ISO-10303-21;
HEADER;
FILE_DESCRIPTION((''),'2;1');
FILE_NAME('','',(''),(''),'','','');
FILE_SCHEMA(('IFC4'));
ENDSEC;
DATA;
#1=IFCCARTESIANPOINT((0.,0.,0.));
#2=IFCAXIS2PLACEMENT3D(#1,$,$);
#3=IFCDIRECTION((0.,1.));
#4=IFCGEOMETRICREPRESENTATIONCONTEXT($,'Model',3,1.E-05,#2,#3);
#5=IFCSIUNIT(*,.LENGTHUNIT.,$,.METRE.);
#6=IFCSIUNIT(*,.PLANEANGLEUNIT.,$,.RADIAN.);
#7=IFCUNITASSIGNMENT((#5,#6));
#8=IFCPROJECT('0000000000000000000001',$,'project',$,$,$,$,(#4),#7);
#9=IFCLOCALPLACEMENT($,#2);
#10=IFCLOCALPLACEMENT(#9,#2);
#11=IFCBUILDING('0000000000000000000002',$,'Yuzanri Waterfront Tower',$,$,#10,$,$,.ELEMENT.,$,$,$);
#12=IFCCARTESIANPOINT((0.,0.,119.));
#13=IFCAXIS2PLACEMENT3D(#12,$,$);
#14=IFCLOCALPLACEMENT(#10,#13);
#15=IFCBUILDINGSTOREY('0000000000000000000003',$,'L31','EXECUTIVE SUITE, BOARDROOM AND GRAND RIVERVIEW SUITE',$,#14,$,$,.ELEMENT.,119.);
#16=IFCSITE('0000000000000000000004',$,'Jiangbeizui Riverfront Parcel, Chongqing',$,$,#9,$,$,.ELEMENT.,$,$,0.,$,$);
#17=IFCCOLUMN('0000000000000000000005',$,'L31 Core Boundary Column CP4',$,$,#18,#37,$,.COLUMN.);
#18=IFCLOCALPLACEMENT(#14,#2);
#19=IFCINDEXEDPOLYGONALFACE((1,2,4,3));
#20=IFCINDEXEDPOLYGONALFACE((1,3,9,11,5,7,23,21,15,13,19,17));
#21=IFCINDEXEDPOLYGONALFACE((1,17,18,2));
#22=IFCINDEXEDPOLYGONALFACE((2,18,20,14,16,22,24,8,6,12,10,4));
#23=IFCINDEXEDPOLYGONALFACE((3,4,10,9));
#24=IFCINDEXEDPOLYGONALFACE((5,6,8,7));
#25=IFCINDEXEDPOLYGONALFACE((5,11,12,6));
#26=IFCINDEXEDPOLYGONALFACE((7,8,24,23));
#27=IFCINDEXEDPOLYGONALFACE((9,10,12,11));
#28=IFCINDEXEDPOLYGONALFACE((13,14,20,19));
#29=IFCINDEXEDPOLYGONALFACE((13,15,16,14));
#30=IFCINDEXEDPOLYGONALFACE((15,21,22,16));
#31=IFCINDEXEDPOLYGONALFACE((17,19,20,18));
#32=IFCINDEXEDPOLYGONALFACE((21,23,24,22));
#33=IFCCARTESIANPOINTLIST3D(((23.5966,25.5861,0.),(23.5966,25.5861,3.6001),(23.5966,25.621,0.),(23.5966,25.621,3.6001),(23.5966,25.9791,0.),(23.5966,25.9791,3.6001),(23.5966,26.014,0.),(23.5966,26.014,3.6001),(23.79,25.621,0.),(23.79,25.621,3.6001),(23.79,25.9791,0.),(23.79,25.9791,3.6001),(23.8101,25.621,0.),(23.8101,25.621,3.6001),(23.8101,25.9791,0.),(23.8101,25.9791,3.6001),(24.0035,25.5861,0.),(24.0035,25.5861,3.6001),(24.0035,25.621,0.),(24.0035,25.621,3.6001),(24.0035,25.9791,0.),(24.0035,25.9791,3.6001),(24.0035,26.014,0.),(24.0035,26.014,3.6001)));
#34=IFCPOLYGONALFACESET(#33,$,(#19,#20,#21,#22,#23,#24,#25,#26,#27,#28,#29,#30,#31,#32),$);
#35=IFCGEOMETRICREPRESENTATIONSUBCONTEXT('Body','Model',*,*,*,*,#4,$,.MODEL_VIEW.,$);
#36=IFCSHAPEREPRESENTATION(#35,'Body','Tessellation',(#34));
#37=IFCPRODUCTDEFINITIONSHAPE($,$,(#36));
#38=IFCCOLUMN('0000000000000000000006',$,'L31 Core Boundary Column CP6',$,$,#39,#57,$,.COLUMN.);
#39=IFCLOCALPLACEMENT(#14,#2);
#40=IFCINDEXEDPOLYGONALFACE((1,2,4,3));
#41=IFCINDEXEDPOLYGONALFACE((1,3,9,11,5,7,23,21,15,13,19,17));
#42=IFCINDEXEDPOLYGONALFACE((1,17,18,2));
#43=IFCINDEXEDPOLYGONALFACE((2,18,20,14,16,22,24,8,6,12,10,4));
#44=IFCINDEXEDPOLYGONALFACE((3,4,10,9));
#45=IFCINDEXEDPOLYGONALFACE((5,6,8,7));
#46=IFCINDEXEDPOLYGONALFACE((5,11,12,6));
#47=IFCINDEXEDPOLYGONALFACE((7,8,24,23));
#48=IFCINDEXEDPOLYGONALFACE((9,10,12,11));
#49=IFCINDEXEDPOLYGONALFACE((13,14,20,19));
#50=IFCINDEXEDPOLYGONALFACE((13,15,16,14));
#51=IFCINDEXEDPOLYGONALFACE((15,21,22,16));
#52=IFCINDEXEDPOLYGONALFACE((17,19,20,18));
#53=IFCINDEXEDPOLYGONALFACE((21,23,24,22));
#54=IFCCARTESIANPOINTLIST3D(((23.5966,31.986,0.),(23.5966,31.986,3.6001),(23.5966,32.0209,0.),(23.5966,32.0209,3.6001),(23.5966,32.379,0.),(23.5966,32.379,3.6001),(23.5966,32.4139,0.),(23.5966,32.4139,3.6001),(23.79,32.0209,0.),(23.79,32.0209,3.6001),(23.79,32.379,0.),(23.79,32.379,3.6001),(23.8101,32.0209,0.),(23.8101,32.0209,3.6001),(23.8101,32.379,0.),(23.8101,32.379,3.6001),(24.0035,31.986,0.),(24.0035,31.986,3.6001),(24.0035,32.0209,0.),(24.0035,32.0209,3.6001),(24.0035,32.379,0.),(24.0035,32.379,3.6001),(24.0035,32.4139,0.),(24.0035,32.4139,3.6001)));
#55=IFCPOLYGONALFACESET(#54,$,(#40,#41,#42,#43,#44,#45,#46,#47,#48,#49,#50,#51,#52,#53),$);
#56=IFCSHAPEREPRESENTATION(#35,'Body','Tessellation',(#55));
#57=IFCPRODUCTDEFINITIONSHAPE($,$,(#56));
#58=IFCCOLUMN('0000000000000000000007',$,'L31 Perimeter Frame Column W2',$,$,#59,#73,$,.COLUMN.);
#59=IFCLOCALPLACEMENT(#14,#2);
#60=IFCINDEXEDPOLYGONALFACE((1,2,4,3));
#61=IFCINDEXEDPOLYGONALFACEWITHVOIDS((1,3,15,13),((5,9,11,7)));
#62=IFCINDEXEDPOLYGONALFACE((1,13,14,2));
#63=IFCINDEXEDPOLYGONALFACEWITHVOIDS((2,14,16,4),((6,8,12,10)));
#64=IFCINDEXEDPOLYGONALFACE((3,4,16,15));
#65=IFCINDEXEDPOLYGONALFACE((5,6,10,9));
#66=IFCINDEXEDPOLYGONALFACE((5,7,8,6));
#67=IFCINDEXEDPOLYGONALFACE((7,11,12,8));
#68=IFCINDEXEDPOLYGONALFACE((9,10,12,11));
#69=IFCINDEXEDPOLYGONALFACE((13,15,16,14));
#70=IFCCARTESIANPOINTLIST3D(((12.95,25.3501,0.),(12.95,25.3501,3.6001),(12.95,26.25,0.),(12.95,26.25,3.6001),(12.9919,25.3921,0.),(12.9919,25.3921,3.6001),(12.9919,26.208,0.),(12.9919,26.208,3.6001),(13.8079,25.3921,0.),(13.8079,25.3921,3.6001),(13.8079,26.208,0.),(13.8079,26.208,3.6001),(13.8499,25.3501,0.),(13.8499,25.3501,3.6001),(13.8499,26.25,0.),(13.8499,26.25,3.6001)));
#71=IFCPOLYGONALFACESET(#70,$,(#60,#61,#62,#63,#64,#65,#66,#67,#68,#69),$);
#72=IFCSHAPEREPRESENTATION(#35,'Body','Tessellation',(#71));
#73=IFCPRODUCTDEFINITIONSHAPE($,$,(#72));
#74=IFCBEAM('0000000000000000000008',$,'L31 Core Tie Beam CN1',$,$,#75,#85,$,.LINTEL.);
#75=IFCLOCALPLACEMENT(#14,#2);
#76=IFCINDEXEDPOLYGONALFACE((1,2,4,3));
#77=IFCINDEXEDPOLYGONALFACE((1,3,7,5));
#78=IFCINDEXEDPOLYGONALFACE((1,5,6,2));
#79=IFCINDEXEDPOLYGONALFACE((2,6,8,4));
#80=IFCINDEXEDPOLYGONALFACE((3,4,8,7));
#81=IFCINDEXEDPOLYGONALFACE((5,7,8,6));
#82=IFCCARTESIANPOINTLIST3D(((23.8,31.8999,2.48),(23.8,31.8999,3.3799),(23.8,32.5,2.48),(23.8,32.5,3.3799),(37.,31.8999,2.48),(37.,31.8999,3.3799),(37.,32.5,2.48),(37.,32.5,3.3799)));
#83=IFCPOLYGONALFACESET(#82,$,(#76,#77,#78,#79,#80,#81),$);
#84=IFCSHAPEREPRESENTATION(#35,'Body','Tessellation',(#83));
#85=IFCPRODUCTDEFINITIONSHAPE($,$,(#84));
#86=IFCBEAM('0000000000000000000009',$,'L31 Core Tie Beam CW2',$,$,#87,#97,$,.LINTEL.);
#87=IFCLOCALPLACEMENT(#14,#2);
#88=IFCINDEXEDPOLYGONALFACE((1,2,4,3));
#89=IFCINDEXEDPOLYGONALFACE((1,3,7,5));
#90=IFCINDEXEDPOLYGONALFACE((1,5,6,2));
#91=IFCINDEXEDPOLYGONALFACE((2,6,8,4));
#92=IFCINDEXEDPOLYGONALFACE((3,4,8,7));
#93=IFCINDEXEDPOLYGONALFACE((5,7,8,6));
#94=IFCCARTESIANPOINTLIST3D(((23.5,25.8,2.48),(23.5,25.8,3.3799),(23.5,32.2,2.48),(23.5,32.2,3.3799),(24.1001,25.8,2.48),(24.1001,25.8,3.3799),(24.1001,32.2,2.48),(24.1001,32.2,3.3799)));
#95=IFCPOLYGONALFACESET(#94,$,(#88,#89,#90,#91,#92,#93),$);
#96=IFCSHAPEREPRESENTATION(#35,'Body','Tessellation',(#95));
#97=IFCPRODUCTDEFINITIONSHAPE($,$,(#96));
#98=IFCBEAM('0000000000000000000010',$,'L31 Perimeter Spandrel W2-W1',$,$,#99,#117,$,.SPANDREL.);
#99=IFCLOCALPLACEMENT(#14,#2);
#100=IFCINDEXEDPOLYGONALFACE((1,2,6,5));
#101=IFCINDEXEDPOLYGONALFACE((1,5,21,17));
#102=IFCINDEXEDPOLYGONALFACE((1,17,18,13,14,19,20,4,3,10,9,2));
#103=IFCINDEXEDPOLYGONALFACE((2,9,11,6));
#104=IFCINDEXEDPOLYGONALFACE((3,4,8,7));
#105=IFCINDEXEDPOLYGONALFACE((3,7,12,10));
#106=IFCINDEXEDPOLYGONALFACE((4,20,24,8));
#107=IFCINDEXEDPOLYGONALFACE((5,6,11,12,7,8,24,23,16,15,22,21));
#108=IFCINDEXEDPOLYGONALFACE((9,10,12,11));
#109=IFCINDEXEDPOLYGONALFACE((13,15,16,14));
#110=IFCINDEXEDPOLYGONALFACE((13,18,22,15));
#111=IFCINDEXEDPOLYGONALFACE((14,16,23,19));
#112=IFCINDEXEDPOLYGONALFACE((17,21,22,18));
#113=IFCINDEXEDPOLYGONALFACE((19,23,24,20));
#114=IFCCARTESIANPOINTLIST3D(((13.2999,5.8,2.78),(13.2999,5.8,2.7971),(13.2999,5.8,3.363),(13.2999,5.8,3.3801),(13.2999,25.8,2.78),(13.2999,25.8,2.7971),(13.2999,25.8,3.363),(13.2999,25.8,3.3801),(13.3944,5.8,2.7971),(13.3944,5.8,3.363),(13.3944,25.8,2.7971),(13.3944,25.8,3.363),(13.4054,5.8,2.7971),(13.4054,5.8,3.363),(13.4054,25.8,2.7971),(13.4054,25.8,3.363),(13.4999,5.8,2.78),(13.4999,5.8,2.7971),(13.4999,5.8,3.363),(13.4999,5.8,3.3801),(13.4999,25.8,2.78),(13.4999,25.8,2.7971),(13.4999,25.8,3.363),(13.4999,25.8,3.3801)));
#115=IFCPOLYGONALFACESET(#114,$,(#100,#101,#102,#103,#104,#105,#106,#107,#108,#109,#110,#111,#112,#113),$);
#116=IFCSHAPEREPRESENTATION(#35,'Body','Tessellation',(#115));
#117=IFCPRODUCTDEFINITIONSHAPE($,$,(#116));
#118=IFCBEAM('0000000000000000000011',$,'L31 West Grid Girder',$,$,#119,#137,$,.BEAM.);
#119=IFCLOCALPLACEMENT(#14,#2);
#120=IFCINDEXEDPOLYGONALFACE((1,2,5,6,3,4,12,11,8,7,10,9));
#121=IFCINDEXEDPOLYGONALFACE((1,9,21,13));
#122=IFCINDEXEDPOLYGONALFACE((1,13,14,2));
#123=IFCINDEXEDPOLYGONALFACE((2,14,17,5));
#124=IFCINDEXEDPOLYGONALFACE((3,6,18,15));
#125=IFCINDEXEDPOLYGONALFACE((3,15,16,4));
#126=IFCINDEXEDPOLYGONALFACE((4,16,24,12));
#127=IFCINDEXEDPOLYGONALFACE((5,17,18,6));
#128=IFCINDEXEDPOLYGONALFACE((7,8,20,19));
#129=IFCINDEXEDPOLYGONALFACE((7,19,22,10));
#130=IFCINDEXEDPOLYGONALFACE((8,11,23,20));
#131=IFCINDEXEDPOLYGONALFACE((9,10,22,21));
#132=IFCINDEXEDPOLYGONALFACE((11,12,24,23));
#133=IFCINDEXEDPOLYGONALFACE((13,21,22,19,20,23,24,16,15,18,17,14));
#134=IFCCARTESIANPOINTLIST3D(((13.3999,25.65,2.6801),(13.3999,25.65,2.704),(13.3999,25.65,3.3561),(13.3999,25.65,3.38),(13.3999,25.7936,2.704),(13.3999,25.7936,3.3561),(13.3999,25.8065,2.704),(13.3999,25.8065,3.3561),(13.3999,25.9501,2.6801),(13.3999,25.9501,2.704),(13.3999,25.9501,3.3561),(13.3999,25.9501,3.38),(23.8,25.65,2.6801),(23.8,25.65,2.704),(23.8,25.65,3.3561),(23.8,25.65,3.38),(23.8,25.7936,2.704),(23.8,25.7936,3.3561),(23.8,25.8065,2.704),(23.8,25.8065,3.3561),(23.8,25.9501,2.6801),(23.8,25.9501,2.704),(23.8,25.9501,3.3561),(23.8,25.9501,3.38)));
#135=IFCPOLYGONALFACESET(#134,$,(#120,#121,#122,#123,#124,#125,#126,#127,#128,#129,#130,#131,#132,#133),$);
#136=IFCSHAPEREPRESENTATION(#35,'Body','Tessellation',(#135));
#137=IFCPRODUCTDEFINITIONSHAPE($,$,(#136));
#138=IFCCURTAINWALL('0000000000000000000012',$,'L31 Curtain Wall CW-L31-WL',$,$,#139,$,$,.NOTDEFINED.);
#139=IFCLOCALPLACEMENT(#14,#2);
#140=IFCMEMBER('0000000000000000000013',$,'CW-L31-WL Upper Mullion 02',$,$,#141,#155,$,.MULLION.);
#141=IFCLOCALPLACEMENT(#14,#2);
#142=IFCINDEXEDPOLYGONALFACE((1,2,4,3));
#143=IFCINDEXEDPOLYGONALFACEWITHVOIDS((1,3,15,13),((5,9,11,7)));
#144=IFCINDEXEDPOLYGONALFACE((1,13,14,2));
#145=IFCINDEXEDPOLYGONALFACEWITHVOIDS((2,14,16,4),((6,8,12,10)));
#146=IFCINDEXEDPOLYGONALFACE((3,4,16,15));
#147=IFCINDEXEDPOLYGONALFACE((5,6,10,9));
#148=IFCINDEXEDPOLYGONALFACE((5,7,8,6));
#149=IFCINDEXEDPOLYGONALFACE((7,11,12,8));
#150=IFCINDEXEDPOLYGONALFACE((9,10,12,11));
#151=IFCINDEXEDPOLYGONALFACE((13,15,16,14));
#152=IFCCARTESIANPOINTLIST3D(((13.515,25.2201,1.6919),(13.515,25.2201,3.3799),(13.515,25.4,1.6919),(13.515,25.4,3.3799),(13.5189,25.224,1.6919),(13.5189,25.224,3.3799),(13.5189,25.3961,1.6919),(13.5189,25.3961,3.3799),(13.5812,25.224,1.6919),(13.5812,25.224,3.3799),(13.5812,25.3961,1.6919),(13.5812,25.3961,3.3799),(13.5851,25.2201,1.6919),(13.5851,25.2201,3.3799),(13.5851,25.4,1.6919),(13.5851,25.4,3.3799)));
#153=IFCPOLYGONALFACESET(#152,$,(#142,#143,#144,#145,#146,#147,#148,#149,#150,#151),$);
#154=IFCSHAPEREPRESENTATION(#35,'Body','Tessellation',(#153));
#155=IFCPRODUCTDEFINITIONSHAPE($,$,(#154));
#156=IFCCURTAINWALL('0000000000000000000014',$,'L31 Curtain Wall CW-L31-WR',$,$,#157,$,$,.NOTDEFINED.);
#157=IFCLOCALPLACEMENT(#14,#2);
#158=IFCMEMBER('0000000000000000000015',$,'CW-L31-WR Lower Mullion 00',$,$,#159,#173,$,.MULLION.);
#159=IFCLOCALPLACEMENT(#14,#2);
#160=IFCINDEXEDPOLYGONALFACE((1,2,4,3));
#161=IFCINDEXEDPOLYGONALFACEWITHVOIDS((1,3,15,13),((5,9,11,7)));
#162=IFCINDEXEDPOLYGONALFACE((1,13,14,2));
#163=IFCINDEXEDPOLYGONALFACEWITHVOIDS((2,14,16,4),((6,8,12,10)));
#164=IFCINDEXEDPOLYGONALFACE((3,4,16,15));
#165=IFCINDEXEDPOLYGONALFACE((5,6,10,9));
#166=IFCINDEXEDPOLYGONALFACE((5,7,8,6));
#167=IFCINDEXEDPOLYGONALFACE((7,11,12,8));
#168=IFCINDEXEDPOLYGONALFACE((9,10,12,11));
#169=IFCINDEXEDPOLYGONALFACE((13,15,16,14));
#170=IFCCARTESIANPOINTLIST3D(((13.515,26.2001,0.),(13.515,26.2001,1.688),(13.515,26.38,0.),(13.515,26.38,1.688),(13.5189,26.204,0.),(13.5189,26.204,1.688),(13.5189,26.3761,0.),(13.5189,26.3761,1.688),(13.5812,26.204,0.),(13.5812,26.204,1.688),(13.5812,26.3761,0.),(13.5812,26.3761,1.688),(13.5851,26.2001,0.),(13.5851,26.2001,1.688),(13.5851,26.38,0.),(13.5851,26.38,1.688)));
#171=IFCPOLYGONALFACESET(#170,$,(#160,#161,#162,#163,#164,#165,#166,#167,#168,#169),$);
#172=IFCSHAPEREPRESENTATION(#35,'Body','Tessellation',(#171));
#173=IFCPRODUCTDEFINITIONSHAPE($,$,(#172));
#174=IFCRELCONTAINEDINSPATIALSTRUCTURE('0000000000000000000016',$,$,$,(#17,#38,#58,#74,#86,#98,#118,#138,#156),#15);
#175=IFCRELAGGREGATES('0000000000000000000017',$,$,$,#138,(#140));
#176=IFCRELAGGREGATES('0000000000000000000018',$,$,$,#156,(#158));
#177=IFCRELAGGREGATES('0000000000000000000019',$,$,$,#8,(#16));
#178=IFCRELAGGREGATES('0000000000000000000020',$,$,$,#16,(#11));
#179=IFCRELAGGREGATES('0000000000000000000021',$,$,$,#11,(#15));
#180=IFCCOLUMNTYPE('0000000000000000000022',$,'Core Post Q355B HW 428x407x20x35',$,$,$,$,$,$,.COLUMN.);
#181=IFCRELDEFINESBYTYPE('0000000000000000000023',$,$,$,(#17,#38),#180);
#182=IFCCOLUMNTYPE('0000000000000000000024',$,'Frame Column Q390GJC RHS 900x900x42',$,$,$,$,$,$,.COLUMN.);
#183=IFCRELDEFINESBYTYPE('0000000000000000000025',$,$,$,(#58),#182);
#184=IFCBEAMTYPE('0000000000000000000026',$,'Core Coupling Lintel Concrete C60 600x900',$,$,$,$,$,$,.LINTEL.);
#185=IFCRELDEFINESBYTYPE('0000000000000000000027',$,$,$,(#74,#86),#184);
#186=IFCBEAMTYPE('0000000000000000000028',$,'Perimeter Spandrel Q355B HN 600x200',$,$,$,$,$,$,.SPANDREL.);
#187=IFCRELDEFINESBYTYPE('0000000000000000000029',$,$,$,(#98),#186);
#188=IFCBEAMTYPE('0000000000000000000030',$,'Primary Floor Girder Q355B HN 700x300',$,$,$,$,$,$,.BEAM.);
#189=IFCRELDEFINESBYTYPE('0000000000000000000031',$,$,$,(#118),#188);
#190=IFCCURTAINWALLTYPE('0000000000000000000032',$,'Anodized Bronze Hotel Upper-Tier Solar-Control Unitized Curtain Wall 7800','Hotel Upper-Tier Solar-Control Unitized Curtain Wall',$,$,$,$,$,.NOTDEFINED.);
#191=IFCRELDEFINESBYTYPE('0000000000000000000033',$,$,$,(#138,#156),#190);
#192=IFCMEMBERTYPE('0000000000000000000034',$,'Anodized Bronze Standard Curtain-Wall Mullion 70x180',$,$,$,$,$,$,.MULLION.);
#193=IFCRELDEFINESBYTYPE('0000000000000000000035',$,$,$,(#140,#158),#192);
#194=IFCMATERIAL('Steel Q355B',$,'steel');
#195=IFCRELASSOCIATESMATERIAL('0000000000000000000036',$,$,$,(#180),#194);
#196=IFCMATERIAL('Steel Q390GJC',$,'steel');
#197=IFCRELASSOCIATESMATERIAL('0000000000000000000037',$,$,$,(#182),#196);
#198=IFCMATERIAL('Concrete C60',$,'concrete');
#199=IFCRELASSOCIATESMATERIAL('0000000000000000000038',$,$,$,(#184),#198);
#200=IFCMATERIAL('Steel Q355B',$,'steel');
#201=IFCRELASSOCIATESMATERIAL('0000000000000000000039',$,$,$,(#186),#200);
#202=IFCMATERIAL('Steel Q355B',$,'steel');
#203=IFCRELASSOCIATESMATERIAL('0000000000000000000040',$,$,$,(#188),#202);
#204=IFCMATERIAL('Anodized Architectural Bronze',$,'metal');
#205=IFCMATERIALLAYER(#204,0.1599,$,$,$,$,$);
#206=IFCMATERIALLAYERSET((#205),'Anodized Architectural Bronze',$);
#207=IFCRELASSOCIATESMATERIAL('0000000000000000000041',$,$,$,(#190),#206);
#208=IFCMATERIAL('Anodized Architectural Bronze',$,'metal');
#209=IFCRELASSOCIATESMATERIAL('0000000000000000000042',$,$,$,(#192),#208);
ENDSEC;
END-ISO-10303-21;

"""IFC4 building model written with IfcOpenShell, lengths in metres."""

from ifc_helpers import new_model, si_unit, direction, frame, origin, origin_2d, place, context, subcontext, project, spatial, rectangle, hollow_rectangle, i_section, extrude, source, transform, mapped, material, layer, layer_set, material_profile, profile_set, type_object, element, aggregate, save


model = new_model("IFC4")

# Units and contexts
model_context = context("Model", 3, precision=1e-05, world=origin(), true_north=direction((0.0, 1.0)))
body_context = subcontext(model_context, "Body", "Model", "MODEL_VIEW")
ifc_project = project(units=[si_unit("LENGTHUNIT", "METRE"), si_unit("PLANEANGLEUNIT", "RADIAN")], contexts=[model_context])

# Site, building, storey
site_placement = place(None, origin())
site = spatial("IfcSite", under=ifc_project, at=site_placement, Name="Jiangbeizui Riverfront Parcel, Chongqing", CompositionType="ELEMENT", RefElevation=0.0)
building_placement = place(site_placement, origin())
building = spatial("IfcBuilding", under=site, at=building_placement, Name="Yuzanri Waterfront Tower", CompositionType="ELEMENT")
storey_placement = place(building_placement, frame((0.0, 0.0, 119.0)))
storey = spatial("IfcBuildingStorey", under=building, at=storey_placement, Name="L31", Description="EXECUTIVE SUITE, BOARDROOM AND GRAND RIVERVIEW SUITE", CompositionType="ELEMENT", Elevation=119.0)

# Columns
ifc_material_1 = material(Name="Steel Q355B", Category="steel")
ifc_material_profile_1 = material_profile(ifc_material_1, i_section(OverallWidth=0.407, OverallDepth=0.428, WebThickness=0.02, FlangeThickness=0.0349, at=origin_2d()), Name="HW 428x407x20x35")
ifc_profile_set_1 = profile_set([ifc_material_profile_1], Name="Steel Q355B")
column_type_1 = type_object("IfcColumnType", Name="Core Post Q355B HW 428x407x20x35", PredefinedType="COLUMN", material=ifc_profile_set_1)
shared_shape_1 = source(origin(), body_context, "Body", "SweptSolid", [
    extrude(i_section(OverallWidth=0.407, OverallDepth=0.428, WebThickness=0.02, FlangeThickness=0.0349, at=origin_2d()), origin(), (0.0, 0.0, 1.0), 3.6001),
])
for number, where, z_axis, x_axis, name in (
    (1, (23.8, 25.8, 0.0), (0.0, 0.0, 1.0), (1.0, 0.0, 0.0), "L31 Core Boundary Column CP4"),
    (2, (23.8, 32.2, 0.0), (0.0, 0.0, 1.0), (1.0, 0.0, 0.0), "L31 Core Boundary Column CP6"),
):
    element("IfcColumn", number, at=place(storey_placement, frame(where, z_axis=z_axis, x_axis=x_axis)), inside=storey, type_object=column_type_1, Name=name, PredefinedType="COLUMN", context=body_context, shape_type="MappedRepresentation", body=[
        mapped(shared_shape_1, transform((0.0, 0.0, 0.0), scale=1.0)),
    ])
ifc_material_2 = material(Name="Steel Q390GJC", Category="steel")
ifc_material_profile_2 = material_profile(ifc_material_2, hollow_rectangle(XDim=0.8999, YDim=0.8999, WallThickness=0.042, at=origin_2d()), Name="RHS 900x900x42")
ifc_profile_set_2 = profile_set([ifc_material_profile_2], Name="Steel Q390GJC")
column_type_2 = type_object("IfcColumnType", Name="Frame Column Q390GJC RHS 900x900x42", PredefinedType="COLUMN", material=ifc_profile_set_2)
shared_shape_2 = source(origin(), body_context, "Body", "SweptSolid", [
    extrude(hollow_rectangle(XDim=0.8999, YDim=0.8999, WallThickness=0.042, at=origin_2d()), origin(), (0.0, 0.0, 1.0), 3.6001),
])
column_placement = place(storey_placement, frame((13.3999, 25.8, 0.0), z_axis=(0.0, 0.0, 1.0), x_axis=(1.0, 0.0, 0.0)))
element("IfcColumn", 3, at=column_placement, inside=storey, type_object=column_type_2, Name="L31 Perimeter Frame Column W2", PredefinedType="COLUMN", context=body_context, shape_type="MappedRepresentation", body=[
    mapped(shared_shape_2, transform((0.0, 0.0, 0.0), scale=1.0)),
])

# Beams
ifc_material_3 = material(Name="Concrete C60", Category="concrete")
ifc_material_profile_3 = material_profile(ifc_material_3, rectangle(XDim=0.6001, YDim=0.8999, at=origin_2d()), Name="RC 600x900")
ifc_profile_set_3 = profile_set([ifc_material_profile_3], Name="Concrete C60")
beam_type_1 = type_object("IfcBeamType", Name="Core Coupling Lintel Concrete C60 600x900", PredefinedType="LINTEL", material=ifc_profile_set_3)
shared_shape_3 = source(origin(), body_context, "Body", "SweptSolid", [
    extrude(rectangle(XDim=0.6001, YDim=0.8999, at=origin_2d()), origin(), (0.0, 0.0, 1.0), 13.2),
])
beam_1_placement = place(storey_placement, frame((23.8, 32.2, 2.9299), z_axis=(1.0, 0.0, 0.0), x_axis=(0.0, 1.0, 0.0)))
element("IfcBeam", 4, at=beam_1_placement, inside=storey, type_object=beam_type_1, Name="L31 Core Tie Beam CN1", PredefinedType="LINTEL", context=body_context, shape_type="MappedRepresentation", body=[
    mapped(shared_shape_3, transform((0.0, 0.0, 0.0), scale=1.0)),
])
shared_shape_4 = source(origin(), body_context, "Body", "SweptSolid", [
    extrude(rectangle(XDim=0.6001, YDim=0.8999, at=origin_2d()), origin(), (0.0, 0.0, 1.0), 6.3999),
])
beam_2_placement = place(storey_placement, frame((23.8, 25.8, 2.9299), z_axis=(0.0, 1.0, 0.0), x_axis=(-1.0, 0.0, 0.0)))
element("IfcBeam", 5, at=beam_2_placement, inside=storey, type_object=beam_type_1, Name="L31 Core Tie Beam CW2", PredefinedType="LINTEL", context=body_context, shape_type="MappedRepresentation", body=[
    mapped(shared_shape_4, transform((0.0, 0.0, 0.0), scale=1.0)),
])
ifc_material_4 = material(Name="Steel Q355B", Category="steel")
ifc_material_profile_4 = material_profile(ifc_material_4, i_section(OverallWidth=0.2, OverallDepth=0.6001, WebThickness=0.011, FlangeThickness=0.0171, at=origin_2d()), Name="HN 600x200x11x17")
ifc_profile_set_4 = profile_set([ifc_material_profile_4], Name="Steel Q355B")
beam_type_2 = type_object("IfcBeamType", Name="Perimeter Spandrel Q355B HN 600x200", PredefinedType="SPANDREL", material=ifc_profile_set_4)
shared_shape_5 = source(origin(), body_context, "Body", "SweptSolid", [
    extrude(i_section(OverallWidth=0.2, OverallDepth=0.6001, WebThickness=0.011, FlangeThickness=0.0171, at=origin_2d()), origin(), (0.0, 0.0, 1.0), 20.0),
])
beam_3_placement = place(storey_placement, frame((13.3999, 25.8, 3.0801), z_axis=(0.0, -1.0, 0.0), x_axis=(1.0, 0.0, 0.0)))
element("IfcBeam", 6, at=beam_3_placement, inside=storey, type_object=beam_type_2, Name="L31 Perimeter Spandrel W2-W1", PredefinedType="SPANDREL", context=body_context, shape_type="MappedRepresentation", body=[
    mapped(shared_shape_5, transform((0.0, 0.0, 0.0), scale=1.0)),
])
ifc_material_5 = material(Name="Steel Q355B", Category="steel")
ifc_material_profile_5 = material_profile(ifc_material_5, i_section(OverallWidth=0.3, OverallDepth=0.7, WebThickness=0.0129, FlangeThickness=0.0239, at=origin_2d()), Name="HN 700x300x13x24")
ifc_profile_set_5 = profile_set([ifc_material_profile_5], Name="Steel Q355B")
beam_type_3 = type_object("IfcBeamType", Name="Primary Floor Girder Q355B HN 700x300", PredefinedType="BEAM", material=ifc_profile_set_5)
shared_shape_6 = source(origin(), body_context, "Body", "SweptSolid", [
    extrude(i_section(OverallWidth=0.3, OverallDepth=0.7, WebThickness=0.0129, FlangeThickness=0.0239, at=origin_2d()), origin(), (0.0, 0.0, 1.0), 10.4001),
])
beam_4_placement = place(storey_placement, frame((23.8, 25.8, 3.03), z_axis=(-1.0, 0.0, 0.0), x_axis=(0.0, -1.0, 0.0)))
element("IfcBeam", 7, at=beam_4_placement, inside=storey, type_object=beam_type_3, Name="L31 West Grid Girder", PredefinedType="BEAM", context=body_context, shape_type="MappedRepresentation", body=[
    mapped(shared_shape_6, transform((0.0, 0.0, 0.0), scale=1.0)),
])

# Curtain wall, member
ifc_material_6 = material(Name="Anodized Architectural Bronze", Category="metal")
ifc_layer_1 = layer(ifc_material_6, 0.1599)
ifc_layer_set_1 = layer_set([ifc_layer_1], Name="Anodized Architectural Bronze")
curtain_wall_type = type_object("IfcCurtainWallType", Name="Anodized Bronze Hotel Upper-Tier Solar-Control Unitized Curtain Wall 7800", Description="Hotel Upper-Tier Solar-Control Unitized Curtain Wall", PredefinedType="NOTDEFINED", material=ifc_layer_set_1)
curtain_wall_1_placement = place(storey_placement, origin())
curtain_wall_1 = element("IfcCurtainWall", 8, at=curtain_wall_1_placement, inside=storey, type_object=curtain_wall_type, Name="L31 Curtain Wall CW-L31-WL", PredefinedType="NOTDEFINED")
ifc_material_7 = material(Name="Anodized Architectural Bronze", Category="metal")
ifc_material_profile_6 = material_profile(ifc_material_7, hollow_rectangle(XDim=0.0701, YDim=0.1799, WallThickness=0.0039, at=origin_2d()), Name="CWM 70x180")
ifc_profile_set_6 = profile_set([ifc_material_profile_6], Name="Anodized Architectural Bronze")
member_type_1 = type_object("IfcMemberType", Name="Anodized Bronze Standard Curtain-Wall Mullion 70x180", PredefinedType="MULLION", material=ifc_profile_set_6)
shared_shape_7 = source(origin(), body_context, "Body", "SweptSolid", [
    extrude(hollow_rectangle(XDim=0.0701, YDim=0.1799, WallThickness=0.0039, at=origin_2d()), origin(), (0.0, 0.0, 1.0), 1.688),
])
member_1_placement = place(storey_placement, frame((13.55, 25.3101, 1.6919), z_axis=(0.0, 0.0, 1.0), x_axis=(1.0, 0.0, 0.0)))
member_1 = element("IfcMember", 9, at=member_1_placement, type_object=member_type_1, Name="CW-L31-WL Upper Mullion 02", PredefinedType="MULLION", context=body_context, shape_type="MappedRepresentation", body=[
    mapped(shared_shape_7, transform((0.0, 0.0, 0.0), scale=1.0)),
])
aggregate(curtain_wall_1, [member_1])

# Curtain wall, member
curtain_wall_2_placement = place(storey_placement, origin())
curtain_wall_2 = element("IfcCurtainWall", 10, at=curtain_wall_2_placement, inside=storey, type_object=curtain_wall_type, Name="L31 Curtain Wall CW-L31-WR", PredefinedType="NOTDEFINED")
member_2_placement = place(storey_placement, frame((13.55, 26.29, 0.0), z_axis=(0.0, 0.0, 1.0), x_axis=(1.0, 0.0, 0.0)))
member_2 = element("IfcMember", 11, at=member_2_placement, type_object=member_type_1, Name="CW-L31-WR Lower Mullion 00", PredefinedType="MULLION", context=body_context, shape_type="MappedRepresentation", body=[
    mapped(shared_shape_7, transform((0.0, 0.0, 0.0), scale=1.0)),
])
aggregate(curtain_wall_2, [member_2])

save(model, "model.ifc")
